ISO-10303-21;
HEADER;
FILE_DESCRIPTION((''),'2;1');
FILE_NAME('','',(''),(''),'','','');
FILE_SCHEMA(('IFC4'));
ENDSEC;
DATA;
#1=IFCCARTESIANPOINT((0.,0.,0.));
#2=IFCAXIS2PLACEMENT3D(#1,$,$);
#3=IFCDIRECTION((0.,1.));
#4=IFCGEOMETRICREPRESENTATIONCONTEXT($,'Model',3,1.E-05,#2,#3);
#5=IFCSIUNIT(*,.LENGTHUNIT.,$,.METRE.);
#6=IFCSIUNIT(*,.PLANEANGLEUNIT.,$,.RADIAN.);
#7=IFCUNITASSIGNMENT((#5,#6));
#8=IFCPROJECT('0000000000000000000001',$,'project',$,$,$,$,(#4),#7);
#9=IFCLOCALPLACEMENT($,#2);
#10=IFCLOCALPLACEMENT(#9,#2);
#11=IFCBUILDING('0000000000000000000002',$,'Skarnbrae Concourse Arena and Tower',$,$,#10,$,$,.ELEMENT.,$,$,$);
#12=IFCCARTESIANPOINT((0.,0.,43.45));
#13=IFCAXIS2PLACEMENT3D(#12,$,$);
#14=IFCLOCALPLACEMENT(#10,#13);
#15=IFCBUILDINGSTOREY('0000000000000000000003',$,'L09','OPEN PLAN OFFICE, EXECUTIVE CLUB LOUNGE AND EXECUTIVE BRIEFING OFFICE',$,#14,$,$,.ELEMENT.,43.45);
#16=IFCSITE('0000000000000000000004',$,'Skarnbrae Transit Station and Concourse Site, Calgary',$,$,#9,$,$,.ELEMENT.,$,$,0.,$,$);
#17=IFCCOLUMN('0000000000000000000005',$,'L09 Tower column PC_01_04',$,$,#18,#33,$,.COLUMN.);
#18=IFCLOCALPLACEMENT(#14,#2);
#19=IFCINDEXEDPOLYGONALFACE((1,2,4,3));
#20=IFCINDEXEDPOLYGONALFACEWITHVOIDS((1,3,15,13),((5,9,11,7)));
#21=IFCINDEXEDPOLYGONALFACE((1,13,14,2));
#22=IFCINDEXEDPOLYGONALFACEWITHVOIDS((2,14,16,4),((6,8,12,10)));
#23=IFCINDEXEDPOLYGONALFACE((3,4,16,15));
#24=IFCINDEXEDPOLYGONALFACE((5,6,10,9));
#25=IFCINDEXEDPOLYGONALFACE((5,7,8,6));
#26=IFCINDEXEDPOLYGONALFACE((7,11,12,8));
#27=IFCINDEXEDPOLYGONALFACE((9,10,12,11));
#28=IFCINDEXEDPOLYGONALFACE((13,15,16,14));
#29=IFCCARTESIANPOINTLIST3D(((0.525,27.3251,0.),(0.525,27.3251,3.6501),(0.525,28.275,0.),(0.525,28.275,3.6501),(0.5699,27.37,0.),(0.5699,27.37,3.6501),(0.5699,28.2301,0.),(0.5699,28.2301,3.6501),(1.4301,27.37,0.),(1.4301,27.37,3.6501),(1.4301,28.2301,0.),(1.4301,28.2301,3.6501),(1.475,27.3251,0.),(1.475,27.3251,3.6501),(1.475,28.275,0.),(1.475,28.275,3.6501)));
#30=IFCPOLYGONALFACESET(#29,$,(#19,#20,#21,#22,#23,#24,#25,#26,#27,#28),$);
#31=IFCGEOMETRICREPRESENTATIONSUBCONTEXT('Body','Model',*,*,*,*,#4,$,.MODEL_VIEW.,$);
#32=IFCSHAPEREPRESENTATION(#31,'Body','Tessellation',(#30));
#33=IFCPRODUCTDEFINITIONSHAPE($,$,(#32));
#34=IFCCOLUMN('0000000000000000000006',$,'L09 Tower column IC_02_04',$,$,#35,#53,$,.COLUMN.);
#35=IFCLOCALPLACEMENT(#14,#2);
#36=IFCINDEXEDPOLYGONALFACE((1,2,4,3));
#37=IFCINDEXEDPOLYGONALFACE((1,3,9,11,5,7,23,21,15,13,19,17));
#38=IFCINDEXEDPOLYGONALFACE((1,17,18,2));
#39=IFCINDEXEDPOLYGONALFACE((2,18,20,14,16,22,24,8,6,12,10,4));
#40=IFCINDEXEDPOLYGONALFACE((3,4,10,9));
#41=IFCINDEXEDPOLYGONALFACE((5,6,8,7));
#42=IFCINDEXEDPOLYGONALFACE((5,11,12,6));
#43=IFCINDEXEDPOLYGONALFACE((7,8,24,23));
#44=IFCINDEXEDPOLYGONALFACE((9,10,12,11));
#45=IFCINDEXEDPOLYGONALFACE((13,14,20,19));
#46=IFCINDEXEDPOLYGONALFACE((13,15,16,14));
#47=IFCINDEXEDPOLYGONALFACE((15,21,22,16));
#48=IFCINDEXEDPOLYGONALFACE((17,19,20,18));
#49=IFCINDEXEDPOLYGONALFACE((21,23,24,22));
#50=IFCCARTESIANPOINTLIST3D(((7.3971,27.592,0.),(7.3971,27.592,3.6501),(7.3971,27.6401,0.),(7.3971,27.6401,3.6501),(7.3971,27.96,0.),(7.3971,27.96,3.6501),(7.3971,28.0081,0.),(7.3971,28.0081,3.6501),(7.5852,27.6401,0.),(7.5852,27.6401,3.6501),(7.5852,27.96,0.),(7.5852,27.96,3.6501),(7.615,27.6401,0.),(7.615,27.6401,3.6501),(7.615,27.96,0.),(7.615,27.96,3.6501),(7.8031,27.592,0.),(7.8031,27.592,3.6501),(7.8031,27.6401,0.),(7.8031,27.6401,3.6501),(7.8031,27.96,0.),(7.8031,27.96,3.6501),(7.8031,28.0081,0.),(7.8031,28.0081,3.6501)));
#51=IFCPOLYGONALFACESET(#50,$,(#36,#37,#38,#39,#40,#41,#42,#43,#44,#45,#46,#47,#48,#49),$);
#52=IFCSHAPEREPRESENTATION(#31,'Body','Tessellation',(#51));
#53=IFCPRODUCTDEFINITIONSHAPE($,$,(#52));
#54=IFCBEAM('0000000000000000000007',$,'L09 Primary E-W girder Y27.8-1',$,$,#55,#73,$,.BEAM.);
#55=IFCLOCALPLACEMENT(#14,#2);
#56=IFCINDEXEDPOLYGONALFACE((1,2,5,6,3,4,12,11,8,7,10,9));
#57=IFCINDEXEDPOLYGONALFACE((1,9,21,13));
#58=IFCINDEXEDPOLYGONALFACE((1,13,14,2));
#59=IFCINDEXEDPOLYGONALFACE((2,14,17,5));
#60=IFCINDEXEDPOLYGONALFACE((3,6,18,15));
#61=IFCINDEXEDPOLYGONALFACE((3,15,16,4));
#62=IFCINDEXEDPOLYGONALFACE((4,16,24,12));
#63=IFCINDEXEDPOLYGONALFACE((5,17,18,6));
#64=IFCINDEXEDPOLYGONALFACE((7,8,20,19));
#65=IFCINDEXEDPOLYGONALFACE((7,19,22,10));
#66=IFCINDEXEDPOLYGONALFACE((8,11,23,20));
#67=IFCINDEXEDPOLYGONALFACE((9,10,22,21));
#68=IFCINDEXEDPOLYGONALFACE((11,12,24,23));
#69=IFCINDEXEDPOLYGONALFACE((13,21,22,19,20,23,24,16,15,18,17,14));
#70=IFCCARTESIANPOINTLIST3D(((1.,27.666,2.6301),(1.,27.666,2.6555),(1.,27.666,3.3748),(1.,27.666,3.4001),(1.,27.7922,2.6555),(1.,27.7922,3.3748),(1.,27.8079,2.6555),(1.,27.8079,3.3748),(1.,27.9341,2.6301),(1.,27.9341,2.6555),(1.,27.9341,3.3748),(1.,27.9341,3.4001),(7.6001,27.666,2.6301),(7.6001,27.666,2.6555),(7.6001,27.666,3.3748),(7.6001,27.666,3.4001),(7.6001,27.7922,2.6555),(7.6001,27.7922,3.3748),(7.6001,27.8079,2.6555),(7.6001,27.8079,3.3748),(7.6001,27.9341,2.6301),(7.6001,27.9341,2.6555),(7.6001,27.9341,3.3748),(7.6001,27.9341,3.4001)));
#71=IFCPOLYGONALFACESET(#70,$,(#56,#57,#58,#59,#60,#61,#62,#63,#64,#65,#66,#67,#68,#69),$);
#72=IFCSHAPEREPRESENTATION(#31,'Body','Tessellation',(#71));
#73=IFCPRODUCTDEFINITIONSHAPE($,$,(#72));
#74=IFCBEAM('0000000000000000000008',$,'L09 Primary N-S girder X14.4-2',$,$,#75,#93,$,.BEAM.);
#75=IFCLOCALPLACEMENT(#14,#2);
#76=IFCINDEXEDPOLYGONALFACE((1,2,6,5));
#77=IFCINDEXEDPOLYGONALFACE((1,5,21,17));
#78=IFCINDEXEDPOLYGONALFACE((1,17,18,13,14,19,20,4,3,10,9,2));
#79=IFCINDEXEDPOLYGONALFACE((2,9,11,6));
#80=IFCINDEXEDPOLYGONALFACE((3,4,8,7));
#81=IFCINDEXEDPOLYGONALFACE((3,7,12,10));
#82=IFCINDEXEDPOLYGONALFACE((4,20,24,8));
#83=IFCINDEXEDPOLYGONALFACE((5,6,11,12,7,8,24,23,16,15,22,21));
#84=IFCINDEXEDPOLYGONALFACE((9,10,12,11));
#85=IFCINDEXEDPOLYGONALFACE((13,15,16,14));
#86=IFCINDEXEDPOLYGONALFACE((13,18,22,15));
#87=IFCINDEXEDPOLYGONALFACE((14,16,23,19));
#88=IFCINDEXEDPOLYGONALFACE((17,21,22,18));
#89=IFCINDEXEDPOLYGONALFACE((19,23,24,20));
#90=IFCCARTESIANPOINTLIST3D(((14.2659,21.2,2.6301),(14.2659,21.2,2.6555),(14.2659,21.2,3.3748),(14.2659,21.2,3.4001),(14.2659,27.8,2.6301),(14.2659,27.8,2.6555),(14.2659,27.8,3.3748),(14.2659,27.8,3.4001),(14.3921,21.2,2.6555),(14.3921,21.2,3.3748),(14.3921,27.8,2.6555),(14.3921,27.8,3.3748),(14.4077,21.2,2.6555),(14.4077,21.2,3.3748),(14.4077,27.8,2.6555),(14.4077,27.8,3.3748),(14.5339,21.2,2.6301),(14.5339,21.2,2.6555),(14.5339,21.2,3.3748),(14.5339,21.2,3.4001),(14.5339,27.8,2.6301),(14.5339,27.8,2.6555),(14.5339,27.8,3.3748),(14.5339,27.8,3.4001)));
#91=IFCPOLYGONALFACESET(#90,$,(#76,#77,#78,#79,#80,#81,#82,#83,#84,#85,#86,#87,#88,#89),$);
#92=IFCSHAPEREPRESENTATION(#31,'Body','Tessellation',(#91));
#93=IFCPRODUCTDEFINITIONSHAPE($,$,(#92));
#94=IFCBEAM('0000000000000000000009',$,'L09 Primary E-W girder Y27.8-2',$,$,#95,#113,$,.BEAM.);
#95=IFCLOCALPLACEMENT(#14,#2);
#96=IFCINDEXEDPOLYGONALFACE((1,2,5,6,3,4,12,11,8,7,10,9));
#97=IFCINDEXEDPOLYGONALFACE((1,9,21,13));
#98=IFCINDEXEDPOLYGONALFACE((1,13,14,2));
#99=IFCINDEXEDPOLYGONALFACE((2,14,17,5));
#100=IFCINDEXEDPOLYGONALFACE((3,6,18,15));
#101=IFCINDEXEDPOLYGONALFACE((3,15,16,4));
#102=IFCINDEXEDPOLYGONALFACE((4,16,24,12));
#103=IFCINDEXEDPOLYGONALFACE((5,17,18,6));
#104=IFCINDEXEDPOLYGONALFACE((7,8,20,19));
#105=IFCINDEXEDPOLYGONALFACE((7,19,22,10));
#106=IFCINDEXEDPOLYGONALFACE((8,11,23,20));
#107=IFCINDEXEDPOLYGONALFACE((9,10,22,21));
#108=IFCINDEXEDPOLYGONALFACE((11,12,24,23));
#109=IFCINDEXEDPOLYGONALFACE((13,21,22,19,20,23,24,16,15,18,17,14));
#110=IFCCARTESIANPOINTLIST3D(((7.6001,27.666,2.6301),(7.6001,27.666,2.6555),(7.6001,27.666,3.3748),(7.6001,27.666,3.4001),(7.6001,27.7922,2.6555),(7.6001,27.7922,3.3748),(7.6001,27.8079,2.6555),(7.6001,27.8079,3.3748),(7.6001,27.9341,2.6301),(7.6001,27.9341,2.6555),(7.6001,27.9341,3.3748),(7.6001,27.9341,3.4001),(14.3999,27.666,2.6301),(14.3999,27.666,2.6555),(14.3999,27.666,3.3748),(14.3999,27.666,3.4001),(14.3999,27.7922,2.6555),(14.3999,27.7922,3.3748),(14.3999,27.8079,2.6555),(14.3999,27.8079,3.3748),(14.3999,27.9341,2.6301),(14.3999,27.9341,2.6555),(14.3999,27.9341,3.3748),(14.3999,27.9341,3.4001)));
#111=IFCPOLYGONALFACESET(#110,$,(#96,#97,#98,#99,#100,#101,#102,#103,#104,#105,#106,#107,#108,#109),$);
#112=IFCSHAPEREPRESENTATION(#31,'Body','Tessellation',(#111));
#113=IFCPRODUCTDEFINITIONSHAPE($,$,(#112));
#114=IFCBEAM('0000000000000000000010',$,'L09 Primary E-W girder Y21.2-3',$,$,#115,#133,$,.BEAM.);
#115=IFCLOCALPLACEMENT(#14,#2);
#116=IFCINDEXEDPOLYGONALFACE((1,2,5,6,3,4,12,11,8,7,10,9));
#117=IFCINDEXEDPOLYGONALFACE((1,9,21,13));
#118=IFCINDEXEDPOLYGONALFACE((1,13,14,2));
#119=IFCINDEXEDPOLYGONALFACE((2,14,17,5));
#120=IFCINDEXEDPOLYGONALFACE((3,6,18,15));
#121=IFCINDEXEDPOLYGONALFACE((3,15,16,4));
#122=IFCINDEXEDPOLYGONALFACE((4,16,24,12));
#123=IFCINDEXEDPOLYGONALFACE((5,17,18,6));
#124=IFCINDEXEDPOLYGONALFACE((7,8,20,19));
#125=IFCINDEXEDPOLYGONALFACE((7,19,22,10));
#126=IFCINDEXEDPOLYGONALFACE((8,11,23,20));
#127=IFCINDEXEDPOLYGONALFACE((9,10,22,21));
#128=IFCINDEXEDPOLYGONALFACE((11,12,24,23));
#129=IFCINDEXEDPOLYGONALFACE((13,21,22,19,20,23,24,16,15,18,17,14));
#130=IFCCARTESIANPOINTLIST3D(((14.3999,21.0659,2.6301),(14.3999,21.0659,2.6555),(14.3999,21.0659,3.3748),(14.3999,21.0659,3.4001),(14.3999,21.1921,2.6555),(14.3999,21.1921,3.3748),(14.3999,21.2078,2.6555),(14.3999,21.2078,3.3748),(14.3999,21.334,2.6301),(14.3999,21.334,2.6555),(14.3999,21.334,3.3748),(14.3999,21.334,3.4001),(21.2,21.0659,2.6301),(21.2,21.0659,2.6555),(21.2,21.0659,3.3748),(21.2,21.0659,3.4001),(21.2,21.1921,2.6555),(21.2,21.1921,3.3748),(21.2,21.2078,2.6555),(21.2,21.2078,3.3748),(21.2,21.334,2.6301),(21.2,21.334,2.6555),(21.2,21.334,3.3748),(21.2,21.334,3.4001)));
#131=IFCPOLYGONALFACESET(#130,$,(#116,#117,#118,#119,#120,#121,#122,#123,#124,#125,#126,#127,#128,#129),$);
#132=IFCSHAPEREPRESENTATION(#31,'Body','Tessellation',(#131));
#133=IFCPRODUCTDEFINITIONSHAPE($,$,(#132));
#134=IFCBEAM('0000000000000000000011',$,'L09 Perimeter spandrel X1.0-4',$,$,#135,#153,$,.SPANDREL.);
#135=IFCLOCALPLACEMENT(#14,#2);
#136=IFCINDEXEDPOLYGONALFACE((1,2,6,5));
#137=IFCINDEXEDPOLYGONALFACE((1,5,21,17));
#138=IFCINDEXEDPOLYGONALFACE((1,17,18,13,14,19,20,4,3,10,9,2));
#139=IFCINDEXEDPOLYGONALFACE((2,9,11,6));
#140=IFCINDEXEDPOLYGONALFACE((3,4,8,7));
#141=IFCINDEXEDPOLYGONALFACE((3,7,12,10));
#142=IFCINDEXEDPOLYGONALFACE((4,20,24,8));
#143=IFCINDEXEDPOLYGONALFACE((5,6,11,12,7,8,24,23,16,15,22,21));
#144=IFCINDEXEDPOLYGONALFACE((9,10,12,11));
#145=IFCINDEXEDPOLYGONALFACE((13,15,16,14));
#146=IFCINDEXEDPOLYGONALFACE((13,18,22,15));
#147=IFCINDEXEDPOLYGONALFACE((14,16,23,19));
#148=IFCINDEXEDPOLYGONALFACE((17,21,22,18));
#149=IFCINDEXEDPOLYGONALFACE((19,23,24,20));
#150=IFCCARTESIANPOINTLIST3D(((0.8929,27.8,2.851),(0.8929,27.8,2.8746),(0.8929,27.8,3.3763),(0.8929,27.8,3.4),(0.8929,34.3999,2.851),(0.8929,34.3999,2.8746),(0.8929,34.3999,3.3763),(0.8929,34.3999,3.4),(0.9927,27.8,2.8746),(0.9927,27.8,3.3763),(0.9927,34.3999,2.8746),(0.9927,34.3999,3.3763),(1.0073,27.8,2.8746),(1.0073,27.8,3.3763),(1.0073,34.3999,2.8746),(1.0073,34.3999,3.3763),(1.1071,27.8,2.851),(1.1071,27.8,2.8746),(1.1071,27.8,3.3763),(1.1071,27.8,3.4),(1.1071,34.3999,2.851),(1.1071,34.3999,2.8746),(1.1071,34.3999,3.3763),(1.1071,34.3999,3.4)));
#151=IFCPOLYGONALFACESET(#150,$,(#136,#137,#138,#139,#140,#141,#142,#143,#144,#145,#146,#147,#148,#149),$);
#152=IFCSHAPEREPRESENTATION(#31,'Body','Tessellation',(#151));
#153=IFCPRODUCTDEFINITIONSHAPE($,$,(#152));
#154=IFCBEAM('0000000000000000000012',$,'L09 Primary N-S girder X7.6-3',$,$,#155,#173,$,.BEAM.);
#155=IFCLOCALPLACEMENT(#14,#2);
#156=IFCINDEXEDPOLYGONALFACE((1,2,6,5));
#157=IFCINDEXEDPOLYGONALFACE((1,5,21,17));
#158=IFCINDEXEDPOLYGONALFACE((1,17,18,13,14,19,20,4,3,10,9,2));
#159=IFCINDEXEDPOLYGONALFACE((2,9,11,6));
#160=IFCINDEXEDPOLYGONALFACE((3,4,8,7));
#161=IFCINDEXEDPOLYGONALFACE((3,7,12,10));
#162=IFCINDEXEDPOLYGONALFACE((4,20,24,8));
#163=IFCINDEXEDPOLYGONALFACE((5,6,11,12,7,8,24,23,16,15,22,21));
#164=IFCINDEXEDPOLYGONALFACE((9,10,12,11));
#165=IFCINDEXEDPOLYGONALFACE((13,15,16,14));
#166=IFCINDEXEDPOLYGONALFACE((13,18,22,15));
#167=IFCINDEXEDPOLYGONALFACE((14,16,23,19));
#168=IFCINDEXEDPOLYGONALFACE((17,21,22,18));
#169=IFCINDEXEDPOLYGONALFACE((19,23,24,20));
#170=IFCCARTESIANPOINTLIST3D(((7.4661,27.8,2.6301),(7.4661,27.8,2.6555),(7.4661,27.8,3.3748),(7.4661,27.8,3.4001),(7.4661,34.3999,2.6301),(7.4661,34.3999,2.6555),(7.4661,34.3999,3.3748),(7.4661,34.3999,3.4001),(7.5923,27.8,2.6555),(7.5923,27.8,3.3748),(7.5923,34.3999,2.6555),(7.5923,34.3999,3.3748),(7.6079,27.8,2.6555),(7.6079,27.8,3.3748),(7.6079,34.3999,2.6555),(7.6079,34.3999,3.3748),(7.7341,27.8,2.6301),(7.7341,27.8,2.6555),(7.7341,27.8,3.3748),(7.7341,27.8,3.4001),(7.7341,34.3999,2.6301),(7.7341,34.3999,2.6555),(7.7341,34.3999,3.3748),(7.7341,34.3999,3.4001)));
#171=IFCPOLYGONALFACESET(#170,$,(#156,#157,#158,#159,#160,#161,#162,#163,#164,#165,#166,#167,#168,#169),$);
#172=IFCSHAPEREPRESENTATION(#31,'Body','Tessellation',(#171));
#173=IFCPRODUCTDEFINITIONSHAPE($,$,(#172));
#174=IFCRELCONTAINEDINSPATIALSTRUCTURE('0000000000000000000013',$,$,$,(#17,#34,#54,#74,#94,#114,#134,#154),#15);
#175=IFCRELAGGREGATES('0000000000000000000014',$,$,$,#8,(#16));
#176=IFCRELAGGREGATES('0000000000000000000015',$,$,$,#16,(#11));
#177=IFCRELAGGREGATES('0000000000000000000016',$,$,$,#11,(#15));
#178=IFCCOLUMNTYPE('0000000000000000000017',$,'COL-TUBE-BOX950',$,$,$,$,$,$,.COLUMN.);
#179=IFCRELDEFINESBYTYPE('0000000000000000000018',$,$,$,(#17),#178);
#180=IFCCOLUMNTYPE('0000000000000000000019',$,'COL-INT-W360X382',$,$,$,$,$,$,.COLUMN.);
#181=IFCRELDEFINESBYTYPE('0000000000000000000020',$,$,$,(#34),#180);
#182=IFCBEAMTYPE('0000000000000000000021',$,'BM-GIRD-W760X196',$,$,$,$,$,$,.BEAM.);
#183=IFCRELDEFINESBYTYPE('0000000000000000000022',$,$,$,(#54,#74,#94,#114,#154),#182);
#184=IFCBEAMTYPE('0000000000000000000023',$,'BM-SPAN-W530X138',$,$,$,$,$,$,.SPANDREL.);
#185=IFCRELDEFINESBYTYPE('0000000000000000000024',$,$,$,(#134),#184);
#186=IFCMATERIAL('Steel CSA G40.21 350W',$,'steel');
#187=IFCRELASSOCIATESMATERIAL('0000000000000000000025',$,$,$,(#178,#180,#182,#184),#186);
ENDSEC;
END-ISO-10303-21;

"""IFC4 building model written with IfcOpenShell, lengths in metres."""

from ifc_helpers import new_model, si_unit, direction, frame, origin, origin_2d, place, context, subcontext, project, spatial, hollow_rectangle, i_section, extrude, source, transform, mapped, material, material_profile, profile_set, type_object, element, save


model = new_model("IFC4")

# Units and contexts
model_context = context("Model", 3, precision=1e-05, world=origin(), true_north=direction((0.0, 1.0)))
body_context = subcontext(model_context, "Body", "Model", "MODEL_VIEW")
ifc_project = project(units=[si_unit("LENGTHUNIT", "METRE"), si_unit("PLANEANGLEUNIT", "RADIAN")], contexts=[model_context])

# Site, building, storey
site_placement = place(None, origin())
site = spatial("IfcSite", under=ifc_project, at=site_placement, Name="Skarnbrae Transit Station and Concourse Site, Calgary", CompositionType="ELEMENT", RefElevation=0.0)
building_placement = place(site_placement, origin())
building = spatial("IfcBuilding", under=site, at=building_placement, Name="Skarnbrae Concourse Arena and Tower", CompositionType="ELEMENT")
storey_placement = place(building_placement, frame((0.0, 0.0, 43.45)))
storey = spatial("IfcBuildingStorey", under=building, at=storey_placement, Name="L09", Description="OPEN PLAN OFFICE, EXECUTIVE CLUB LOUNGE AND EXECUTIVE BRIEFING OFFICE", CompositionType="ELEMENT", Elevation=43.45)

# Columns
ifc_material_1 = material(Name="Steel CSA G40.21 350W", Category="steel")
ifc_material_profile_1 = material_profile(ifc_material_1, hollow_rectangle(XDim=0.95, YDim=0.95, WallThickness=0.0449, at=origin_2d()), Name="BOX950X950X45")
ifc_profile_set_1 = profile_set([ifc_material_profile_1], Name="Steel CSA G40.21 350W")
column_type_1 = type_object("IfcColumnType", Name="COL-TUBE-BOX950", PredefinedType="COLUMN", material=ifc_profile_set_1)
shared_shape_1 = source(origin(), body_context, "Body", "SweptSolid", [
    extrude(hollow_rectangle(XDim=0.95, YDim=0.95, WallThickness=0.0449, at=origin_2d()), origin(), (0.0, 0.0, 1.0), 3.6501),
])
column_1_placement = place(storey_placement, frame((1.0, 27.8, 0.0), z_axis=(0.0, 0.0, 1.0), x_axis=(1.0, 0.0, 0.0)))
element("IfcColumn", 1, at=column_1_placement, inside=storey, type_object=column_type_1, Name="L09 Tower column PC_01_04", PredefinedType="COLUMN", context=body_context, shape_type="MappedRepresentation", body=[
    mapped(shared_shape_1, transform((0.0, 0.0, 0.0))),
])
ifc_material_profile_2 = material_profile(ifc_material_1, i_section(OverallWidth=0.406, OverallDepth=0.416, WebThickness=0.0298, FlangeThickness=0.0481, at=origin_2d()), Name="W360X382")
ifc_profile_set_2 = profile_set([ifc_material_profile_2], Name="Steel CSA G40.21 350W")
column_type_2 = type_object("IfcColumnType", Name="COL-INT-W360X382", PredefinedType="COLUMN", material=ifc_profile_set_2)
shared_shape_2 = source(origin(), body_context, "Body", "SweptSolid", [
    extrude(i_section(OverallWidth=0.406, OverallDepth=0.416, WebThickness=0.0298, FlangeThickness=0.0481, at=origin_2d()), origin(), (0.0, 0.0, 1.0), 3.6501),
])
column_2_placement = place(storey_placement, frame((7.6001, 27.8, 0.0), z_axis=(0.0, 0.0, 1.0), x_axis=(1.0, 0.0, 0.0)))
element("IfcColumn", 2, at=column_2_placement, inside=storey, type_object=column_type_2, Name="L09 Tower column IC_02_04", PredefinedType="COLUMN", context=body_context, shape_type="MappedRepresentation", body=[
    mapped(shared_shape_2, transform((0.0, 0.0, 0.0))),
])

# Beams
ifc_material_profile_3 = material_profile(ifc_material_1, i_section(OverallWidth=0.2681, OverallDepth=0.77, WebThickness=0.0156, FlangeThickness=0.0254, at=origin_2d()), Name="W760X196")
ifc_profile_set_3 = profile_set([ifc_material_profile_3], Name="Steel CSA G40.21 350W")
beam_type_1 = type_object("IfcBeamType", Name="BM-GIRD-W760X196", PredefinedType="BEAM", material=ifc_profile_set_3)
shared_shape_3 = source(origin(), body_context, "Body", "SweptSolid", [
    extrude(i_section(OverallWidth=0.2681, OverallDepth=0.77, WebThickness=0.0156, FlangeThickness=0.0254, at=origin_2d()), origin(), (0.0, 0.0, 1.0), 6.6001),
])
for number, where, z_axis, x_axis, name in (
    (3, (1.0, 27.8, 3.0151), (1.0, 0.0, 0.0), (0.0, 1.0, 0.0), "L09 Primary E-W girder Y27.8-1"),
    (4, (14.3999, 21.2, 3.0151), (0.0, 1.0, 0.0), (-1.0, 0.0, 0.0), "L09 Primary N-S girder X14.4-2"),
):
    element("IfcBeam", number, at=place(storey_placement, frame(where, z_axis=z_axis, x_axis=x_axis)), inside=storey, type_object=beam_type_1, Name=name, PredefinedType="BEAM", context=body_context, shape_type="MappedRepresentation", body=[
        mapped(shared_shape_3, transform((0.0, 0.0, 0.0))),
    ])
shared_shape_4 = source(origin(), body_context, "Body", "SweptSolid", [
    extrude(i_section(OverallWidth=0.2681, OverallDepth=0.77, WebThickness=0.0156, FlangeThickness=0.0254, at=origin_2d()), origin(), (0.0, 0.0, 1.0), 6.7998),
])
beam_1_placement = place(storey_placement, frame((7.6001, 27.8, 3.0151), z_axis=(1.0, 0.0, 0.0), x_axis=(0.0, 1.0, 0.0)))
element("IfcBeam", 5, at=beam_1_placement, inside=storey, type_object=beam_type_1, Name="L09 Primary E-W girder Y27.8-2", PredefinedType="BEAM", context=body_context, shape_type="MappedRepresentation", body=[
    mapped(shared_shape_4, transform((0.0, 0.0, 0.0))),
])
shared_shape_5 = source(origin(), body_context, "Body", "SweptSolid", [
    extrude(i_section(OverallWidth=0.2681, OverallDepth=0.77, WebThickness=0.0156, FlangeThickness=0.0254, at=origin_2d()), origin(), (0.0, 0.0, 1.0), 6.8),
])
beam_2_placement = place(storey_placement, frame((14.3999, 21.2, 3.0151), z_axis=(1.0, 0.0, 0.0), x_axis=(0.0, 1.0, 0.0)))
element("IfcBeam", 6, at=beam_2_placement, inside=storey, type_object=beam_type_1, Name="L09 Primary E-W girder Y21.2-3", PredefinedType="BEAM", context=body_context, shape_type="MappedRepresentation", body=[
    mapped(shared_shape_5, transform((0.0, 0.0, 0.0))),
])
ifc_material_profile_4 = material_profile(ifc_material_1, i_section(OverallWidth=0.2141, OverallDepth=0.5491, WebThickness=0.0146, FlangeThickness=0.0237, at=origin_2d()), Name="W530X138")
ifc_profile_set_4 = profile_set([ifc_material_profile_4], Name="Steel CSA G40.21 350W")
beam_type_2 = type_object("IfcBeamType", Name="BM-SPAN-W530X138", PredefinedType="SPANDREL", material=ifc_profile_set_4)
shared_shape_6 = source(origin(), body_context, "Body", "SweptSolid", [
    extrude(i_section(OverallWidth=0.2141, OverallDepth=0.5491, WebThickness=0.0146, FlangeThickness=0.0237, at=origin_2d()), origin(), (0.0, 0.0, 1.0), 6.5999),
])
beam_3_placement = place(storey_placement, frame((1.0, 27.8, 3.1255), z_axis=(0.0, 1.0, 0.0), x_axis=(-1.0, 0.0, 0.0)))
element("IfcBeam", 7, at=beam_3_placement, inside=storey, type_object=beam_type_2, Name="L09 Perimeter spandrel X1.0-4", PredefinedType="SPANDREL", context=body_context, shape_type="MappedRepresentation", body=[
    mapped(shared_shape_6, transform((0.0, 0.0, 0.0))),
])
shared_shape_7 = source(origin(), body_context, "Body", "SweptSolid", [
    extrude(i_section(OverallWidth=0.2681, OverallDepth=0.77, WebThickness=0.0156, FlangeThickness=0.0254, at=origin_2d()), origin(), (0.0, 0.0, 1.0), 6.5999),
])
beam_4_placement = place(storey_placement, frame((7.6001, 27.8, 3.0151), z_axis=(0.0, 1.0, 0.0), x_axis=(-1.0, 0.0, 0.0)))
element("IfcBeam", 8, at=beam_4_placement, inside=storey, type_object=beam_type_1, Name="L09 Primary N-S girder X7.6-3", PredefinedType="BEAM", context=body_context, shape_type="MappedRepresentation", body=[
    mapped(shared_shape_7, transform((0.0, 0.0, 0.0))),
])

save(model, "model.ifc")
